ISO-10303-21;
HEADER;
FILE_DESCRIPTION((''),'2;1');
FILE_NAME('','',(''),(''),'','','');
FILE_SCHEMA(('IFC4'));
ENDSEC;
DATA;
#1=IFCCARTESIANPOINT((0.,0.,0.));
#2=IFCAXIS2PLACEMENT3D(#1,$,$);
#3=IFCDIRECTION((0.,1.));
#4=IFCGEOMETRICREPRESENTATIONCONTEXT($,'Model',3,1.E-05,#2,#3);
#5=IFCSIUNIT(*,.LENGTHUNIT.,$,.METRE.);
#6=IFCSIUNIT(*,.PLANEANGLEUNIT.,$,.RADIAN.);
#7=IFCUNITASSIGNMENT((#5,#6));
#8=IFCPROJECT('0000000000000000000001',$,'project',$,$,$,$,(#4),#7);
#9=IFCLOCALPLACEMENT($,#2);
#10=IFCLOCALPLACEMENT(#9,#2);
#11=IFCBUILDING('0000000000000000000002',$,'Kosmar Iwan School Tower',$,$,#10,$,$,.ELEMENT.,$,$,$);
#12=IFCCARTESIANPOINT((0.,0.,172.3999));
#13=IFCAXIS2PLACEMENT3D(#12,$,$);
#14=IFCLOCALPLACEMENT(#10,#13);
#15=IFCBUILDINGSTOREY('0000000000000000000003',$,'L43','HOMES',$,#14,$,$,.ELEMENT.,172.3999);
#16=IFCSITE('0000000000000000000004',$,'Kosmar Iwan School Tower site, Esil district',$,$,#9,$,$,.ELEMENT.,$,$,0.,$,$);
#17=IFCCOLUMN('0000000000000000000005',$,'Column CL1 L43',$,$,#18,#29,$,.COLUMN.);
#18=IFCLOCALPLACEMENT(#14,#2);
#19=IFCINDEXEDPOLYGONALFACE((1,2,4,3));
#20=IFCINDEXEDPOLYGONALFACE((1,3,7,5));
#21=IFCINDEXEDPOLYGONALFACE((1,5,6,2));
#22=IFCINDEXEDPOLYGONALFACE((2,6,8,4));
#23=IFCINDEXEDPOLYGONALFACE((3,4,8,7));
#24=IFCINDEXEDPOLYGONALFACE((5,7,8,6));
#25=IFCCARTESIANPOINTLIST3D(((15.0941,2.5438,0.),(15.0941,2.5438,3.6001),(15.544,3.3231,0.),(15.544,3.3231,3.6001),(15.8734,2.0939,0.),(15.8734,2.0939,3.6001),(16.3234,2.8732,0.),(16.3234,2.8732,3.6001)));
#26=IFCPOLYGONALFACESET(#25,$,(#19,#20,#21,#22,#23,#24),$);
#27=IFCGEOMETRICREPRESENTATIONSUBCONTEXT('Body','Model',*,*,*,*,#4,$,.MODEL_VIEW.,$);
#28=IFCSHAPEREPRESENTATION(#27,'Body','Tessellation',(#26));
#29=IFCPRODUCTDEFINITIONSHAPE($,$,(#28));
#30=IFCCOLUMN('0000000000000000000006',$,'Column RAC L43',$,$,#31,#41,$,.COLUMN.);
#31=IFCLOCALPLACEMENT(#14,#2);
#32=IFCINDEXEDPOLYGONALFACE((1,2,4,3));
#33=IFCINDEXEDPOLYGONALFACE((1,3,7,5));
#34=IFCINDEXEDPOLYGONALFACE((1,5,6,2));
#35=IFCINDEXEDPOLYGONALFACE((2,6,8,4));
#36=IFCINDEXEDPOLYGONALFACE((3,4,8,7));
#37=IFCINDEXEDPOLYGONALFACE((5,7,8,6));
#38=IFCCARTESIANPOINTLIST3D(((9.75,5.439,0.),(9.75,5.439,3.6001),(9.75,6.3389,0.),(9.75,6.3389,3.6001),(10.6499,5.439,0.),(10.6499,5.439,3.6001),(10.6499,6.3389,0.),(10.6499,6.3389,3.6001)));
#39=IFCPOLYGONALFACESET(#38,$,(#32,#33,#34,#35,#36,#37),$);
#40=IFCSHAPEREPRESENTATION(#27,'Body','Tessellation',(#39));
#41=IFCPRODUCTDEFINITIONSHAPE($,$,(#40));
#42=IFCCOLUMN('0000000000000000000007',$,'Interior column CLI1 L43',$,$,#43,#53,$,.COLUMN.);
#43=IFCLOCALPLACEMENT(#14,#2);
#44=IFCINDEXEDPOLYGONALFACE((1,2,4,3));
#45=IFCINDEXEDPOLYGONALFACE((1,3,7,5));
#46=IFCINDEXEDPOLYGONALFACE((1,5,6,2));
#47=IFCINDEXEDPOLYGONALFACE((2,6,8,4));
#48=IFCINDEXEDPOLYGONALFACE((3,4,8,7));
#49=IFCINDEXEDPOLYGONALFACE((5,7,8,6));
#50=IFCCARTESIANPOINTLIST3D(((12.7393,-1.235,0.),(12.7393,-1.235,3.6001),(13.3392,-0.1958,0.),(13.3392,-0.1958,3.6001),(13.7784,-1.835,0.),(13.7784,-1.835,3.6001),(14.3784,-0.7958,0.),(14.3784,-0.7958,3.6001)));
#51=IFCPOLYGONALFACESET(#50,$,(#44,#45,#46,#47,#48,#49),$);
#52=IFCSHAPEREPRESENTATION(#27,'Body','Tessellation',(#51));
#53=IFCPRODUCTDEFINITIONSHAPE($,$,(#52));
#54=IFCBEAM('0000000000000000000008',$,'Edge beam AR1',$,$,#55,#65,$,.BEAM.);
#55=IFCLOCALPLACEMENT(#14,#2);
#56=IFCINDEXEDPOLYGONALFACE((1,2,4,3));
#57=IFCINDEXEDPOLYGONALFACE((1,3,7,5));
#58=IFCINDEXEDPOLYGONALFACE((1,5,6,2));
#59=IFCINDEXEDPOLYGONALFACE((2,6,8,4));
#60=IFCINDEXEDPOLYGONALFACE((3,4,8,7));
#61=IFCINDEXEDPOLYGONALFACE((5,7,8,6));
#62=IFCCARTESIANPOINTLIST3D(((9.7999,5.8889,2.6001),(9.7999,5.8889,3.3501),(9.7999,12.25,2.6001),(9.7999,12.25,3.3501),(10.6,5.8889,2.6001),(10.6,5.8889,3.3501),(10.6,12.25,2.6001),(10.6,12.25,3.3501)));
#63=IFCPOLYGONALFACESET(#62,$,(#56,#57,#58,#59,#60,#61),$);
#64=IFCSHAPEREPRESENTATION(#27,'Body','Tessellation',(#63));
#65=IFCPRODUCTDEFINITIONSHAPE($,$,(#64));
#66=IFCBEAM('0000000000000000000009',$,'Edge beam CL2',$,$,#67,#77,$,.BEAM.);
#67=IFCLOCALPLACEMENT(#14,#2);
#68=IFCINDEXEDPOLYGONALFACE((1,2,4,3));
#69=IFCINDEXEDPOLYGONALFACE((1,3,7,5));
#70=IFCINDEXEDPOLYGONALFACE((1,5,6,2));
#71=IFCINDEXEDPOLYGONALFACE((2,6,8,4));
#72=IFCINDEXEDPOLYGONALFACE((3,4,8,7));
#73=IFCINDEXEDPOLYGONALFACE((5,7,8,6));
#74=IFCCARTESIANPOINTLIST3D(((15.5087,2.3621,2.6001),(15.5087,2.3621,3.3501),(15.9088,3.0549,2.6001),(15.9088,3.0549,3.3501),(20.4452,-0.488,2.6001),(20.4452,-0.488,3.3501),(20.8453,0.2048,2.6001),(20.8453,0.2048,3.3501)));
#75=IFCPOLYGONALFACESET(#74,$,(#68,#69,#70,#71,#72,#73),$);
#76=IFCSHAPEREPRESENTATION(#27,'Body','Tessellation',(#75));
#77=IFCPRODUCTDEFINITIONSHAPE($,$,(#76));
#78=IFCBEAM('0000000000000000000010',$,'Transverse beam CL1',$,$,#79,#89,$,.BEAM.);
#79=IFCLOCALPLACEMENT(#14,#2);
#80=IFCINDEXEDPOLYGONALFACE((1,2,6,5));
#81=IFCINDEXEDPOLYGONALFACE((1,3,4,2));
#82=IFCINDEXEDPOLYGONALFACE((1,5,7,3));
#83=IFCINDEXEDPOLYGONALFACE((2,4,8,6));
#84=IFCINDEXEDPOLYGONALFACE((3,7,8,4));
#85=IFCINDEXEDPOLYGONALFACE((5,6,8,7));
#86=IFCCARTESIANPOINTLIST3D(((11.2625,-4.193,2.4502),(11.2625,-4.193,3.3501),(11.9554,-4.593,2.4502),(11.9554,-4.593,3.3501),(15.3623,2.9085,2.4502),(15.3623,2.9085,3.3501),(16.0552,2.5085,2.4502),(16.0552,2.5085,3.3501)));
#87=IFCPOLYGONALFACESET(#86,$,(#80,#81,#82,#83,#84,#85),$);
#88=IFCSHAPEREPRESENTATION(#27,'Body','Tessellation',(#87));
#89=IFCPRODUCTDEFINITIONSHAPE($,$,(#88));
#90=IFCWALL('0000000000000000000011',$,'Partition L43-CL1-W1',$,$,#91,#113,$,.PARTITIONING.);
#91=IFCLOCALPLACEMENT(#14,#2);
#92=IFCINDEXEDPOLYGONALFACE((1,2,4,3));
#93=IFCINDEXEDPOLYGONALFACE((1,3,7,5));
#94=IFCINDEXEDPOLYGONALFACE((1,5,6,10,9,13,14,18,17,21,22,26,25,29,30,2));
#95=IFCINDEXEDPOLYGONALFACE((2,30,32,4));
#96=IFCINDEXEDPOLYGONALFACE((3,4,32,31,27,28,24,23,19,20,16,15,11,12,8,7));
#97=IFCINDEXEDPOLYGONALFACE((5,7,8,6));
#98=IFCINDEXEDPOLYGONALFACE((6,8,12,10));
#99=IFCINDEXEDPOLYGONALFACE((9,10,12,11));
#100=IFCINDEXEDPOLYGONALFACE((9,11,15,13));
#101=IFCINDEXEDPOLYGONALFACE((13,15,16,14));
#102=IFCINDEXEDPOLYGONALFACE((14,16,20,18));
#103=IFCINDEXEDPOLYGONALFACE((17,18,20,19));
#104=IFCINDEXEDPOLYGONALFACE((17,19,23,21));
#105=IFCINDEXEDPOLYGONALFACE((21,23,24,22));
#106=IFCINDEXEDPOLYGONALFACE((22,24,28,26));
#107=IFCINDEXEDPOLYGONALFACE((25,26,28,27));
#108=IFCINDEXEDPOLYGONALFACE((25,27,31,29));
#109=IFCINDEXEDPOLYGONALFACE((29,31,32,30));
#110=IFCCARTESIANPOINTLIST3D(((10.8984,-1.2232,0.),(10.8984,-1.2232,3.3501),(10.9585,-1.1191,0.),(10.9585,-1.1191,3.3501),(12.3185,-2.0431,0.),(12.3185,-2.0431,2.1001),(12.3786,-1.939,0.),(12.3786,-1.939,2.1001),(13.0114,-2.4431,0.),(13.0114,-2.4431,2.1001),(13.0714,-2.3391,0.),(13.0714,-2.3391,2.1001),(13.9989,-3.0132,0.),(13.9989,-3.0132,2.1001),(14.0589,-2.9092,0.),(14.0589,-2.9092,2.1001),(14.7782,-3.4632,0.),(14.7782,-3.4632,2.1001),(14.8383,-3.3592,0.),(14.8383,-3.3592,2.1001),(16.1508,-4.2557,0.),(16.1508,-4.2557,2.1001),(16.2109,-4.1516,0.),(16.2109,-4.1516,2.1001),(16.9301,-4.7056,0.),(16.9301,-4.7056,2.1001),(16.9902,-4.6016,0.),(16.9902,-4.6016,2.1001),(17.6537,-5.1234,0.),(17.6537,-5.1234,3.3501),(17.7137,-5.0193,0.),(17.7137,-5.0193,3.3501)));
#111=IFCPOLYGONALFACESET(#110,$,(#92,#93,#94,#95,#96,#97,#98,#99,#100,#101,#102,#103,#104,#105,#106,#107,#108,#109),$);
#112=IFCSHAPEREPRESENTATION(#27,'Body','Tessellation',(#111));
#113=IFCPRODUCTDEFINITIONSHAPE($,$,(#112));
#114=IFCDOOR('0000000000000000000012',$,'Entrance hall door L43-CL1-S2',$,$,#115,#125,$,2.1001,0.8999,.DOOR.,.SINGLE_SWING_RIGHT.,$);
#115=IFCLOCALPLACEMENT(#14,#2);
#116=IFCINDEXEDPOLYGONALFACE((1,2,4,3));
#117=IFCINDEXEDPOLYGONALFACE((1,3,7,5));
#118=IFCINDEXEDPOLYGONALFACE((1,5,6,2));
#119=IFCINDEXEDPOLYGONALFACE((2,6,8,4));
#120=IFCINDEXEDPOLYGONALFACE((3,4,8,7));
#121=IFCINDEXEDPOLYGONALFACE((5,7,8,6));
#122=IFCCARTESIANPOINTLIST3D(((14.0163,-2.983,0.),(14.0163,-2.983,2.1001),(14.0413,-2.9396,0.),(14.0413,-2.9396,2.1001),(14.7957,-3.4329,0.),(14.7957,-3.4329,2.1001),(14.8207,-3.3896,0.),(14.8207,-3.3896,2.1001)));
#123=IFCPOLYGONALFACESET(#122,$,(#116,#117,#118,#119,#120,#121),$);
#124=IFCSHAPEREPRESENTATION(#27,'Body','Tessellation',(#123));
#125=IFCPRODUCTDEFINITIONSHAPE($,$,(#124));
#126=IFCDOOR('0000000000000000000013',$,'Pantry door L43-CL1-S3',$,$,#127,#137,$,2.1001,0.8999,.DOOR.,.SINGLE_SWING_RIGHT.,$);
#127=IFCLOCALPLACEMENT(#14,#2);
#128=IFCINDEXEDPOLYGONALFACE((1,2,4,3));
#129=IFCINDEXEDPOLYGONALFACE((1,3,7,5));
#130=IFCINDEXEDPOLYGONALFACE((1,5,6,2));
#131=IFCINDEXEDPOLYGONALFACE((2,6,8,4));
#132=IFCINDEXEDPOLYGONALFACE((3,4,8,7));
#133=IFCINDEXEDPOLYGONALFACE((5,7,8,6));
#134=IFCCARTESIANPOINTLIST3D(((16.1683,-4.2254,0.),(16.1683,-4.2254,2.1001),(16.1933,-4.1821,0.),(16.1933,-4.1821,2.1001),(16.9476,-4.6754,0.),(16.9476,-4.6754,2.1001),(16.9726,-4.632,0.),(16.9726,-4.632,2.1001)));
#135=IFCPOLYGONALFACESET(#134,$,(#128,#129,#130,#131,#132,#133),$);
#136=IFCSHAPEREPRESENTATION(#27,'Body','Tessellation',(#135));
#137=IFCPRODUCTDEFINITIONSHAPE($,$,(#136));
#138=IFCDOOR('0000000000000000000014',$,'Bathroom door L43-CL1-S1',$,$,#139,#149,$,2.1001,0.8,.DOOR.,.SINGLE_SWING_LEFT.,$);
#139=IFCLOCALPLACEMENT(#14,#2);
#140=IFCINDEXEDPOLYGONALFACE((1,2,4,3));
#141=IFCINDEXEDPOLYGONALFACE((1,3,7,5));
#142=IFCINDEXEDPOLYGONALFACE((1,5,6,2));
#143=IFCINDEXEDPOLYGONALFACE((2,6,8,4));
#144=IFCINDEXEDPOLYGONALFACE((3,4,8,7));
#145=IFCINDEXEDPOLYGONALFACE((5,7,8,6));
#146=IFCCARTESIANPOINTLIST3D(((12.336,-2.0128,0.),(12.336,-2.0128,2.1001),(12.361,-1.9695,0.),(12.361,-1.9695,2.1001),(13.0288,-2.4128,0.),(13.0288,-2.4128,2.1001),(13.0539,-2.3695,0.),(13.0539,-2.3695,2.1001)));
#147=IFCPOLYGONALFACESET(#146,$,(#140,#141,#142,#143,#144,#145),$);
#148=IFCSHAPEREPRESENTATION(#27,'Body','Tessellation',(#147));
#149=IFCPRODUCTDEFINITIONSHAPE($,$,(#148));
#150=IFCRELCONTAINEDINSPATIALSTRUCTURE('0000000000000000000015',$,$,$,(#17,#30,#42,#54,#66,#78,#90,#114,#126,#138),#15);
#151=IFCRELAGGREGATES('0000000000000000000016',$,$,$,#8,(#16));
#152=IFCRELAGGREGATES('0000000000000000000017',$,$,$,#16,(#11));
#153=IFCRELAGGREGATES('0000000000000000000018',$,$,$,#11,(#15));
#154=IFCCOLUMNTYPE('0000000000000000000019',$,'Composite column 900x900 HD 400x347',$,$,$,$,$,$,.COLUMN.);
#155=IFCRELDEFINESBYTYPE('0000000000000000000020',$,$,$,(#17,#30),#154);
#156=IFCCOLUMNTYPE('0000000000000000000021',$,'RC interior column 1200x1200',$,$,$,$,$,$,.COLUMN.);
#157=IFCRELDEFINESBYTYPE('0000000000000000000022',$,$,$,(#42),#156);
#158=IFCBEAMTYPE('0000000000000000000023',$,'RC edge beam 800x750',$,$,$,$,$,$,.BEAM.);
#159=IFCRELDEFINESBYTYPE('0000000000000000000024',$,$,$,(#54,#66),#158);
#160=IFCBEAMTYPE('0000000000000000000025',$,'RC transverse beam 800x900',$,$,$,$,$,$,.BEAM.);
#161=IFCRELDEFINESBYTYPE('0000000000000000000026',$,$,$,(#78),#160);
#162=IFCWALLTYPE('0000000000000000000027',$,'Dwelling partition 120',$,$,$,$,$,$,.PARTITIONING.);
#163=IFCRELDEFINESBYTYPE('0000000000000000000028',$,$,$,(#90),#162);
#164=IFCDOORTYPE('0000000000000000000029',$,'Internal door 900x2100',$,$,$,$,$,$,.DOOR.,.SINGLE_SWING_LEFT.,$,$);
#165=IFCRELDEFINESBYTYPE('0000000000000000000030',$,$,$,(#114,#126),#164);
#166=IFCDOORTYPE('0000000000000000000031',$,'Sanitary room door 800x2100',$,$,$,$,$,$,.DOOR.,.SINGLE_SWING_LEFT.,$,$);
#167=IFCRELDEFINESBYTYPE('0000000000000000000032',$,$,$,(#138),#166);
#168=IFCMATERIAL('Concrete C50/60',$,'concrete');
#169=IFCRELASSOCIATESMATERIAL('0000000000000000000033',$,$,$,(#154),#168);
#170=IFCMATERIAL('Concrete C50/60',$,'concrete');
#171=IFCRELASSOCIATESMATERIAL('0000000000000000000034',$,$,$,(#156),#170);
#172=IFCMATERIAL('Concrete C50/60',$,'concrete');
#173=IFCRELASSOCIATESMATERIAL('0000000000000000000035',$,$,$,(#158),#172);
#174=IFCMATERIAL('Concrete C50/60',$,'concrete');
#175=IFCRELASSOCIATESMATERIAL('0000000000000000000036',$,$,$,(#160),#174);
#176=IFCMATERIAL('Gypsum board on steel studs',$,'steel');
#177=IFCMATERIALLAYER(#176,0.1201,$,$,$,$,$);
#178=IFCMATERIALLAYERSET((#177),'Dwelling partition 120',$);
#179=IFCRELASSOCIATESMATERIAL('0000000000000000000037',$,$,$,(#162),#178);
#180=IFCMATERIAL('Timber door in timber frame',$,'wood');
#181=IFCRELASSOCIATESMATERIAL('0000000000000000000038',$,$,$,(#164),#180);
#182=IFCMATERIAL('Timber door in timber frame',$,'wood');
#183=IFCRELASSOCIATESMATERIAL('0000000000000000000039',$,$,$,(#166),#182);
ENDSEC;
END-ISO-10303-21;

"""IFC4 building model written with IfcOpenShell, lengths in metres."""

from ifc_helpers import new_model, si_unit, direction, frame, frame_2d, origin, origin_2d, place, context, subcontext, project, spatial, rectangle, extrude, material, layer, layer_set, material_profile, profile_set, type_object, element, fill, save


model = new_model("IFC4")

# Units and contexts
model_context = context("Model", 3, precision=1e-05, world=origin(), true_north=direction((0.0, 1.0)))
body_context = subcontext(model_context, "Body", "Model", "MODEL_VIEW")
ifc_project = project(units=[si_unit("LENGTHUNIT", "METRE"), si_unit("PLANEANGLEUNIT", "RADIAN")], contexts=[model_context])

# Site, building, storey
site_placement = place(None, origin())
site = spatial("IfcSite", under=ifc_project, at=site_placement, Name="Kosmar Iwan School Tower site, Esil district", CompositionType="ELEMENT", RefElevation=0.0)
building_placement = place(site_placement, origin())
building = spatial("IfcBuilding", under=site, at=building_placement, Name="Kosmar Iwan School Tower", CompositionType="ELEMENT")
storey_placement = place(building_placement, frame((0.0, 0.0, 172.3999)))
storey = spatial("IfcBuildingStorey", under=building, at=storey_placement, Name="L43", Description="HOMES", CompositionType="ELEMENT", Elevation=172.3999)

# Columns
ifc_material_1 = material(Name="Concrete C50/60", Category="concrete")
ifc_material_profile_1 = material_profile(ifc_material_1, rectangle(XDim=0.8999, YDim=0.8999, at=origin_2d()), Name="RC 900x900 + HD 400x347")
ifc_profile_set_1 = profile_set([ifc_material_profile_1], Name="Concrete C50/60")
column_type_1 = type_object("IfcColumnType", Name="Composite column 900x900 HD 400x347", PredefinedType="COLUMN", material=ifc_profile_set_1)
for number, where, z_axis, x_axis, name in (
    (1, (15.7087, 2.7085, 0.0), (0.0, 0.0, 1.0), (0.866025, -0.5, 0.0), "Column CL1 L43"),
    (2, (10.2, 5.8889, 0.0), (0.0, 0.0, 1.0), (1.0, 0.0, 0.0), "Column RAC L43"),
):
    element("IfcColumn", number, at=place(storey_placement, frame(where, z_axis=z_axis, x_axis=x_axis)), inside=storey, type_object=column_type_1, Name=name, PredefinedType="COLUMN", context=body_context, shape_type="SweptSolid", body=[
        extrude(rectangle(XDim=0.8999, YDim=0.8999, at=origin_2d()), origin(), (0.0, 0.0, 1.0), 3.6001),
    ])
ifc_material_2 = material(Name="Concrete C50/60", Category="concrete")
ifc_material_profile_2 = material_profile(ifc_material_2, rectangle(XDim=1.2, YDim=1.2, at=origin_2d()), Name="RC 1200x1200")
ifc_profile_set_2 = profile_set([ifc_material_profile_2], Name="Concrete C50/60")
column_type_2 = type_object("IfcColumnType", Name="RC interior column 1200x1200", PredefinedType="COLUMN", material=ifc_profile_set_2)
column_placement = place(storey_placement, frame((13.5588, -1.0154, 0.0), z_axis=(0.0, 0.0, 1.0), x_axis=(0.866025, -0.5, 0.0)))
element("IfcColumn", 3, at=column_placement, inside=storey, type_object=column_type_2, Name="Interior column CLI1 L43", PredefinedType="COLUMN", context=body_context, shape_type="SweptSolid", body=[
    extrude(rectangle(XDim=1.2, YDim=1.2, at=origin_2d()), origin(), (0.0, 0.0, 1.0), 3.6001),
])

# Beams
ifc_material_3 = material(Name="Concrete C50/60", Category="concrete")
ifc_material_profile_3 = material_profile(ifc_material_3, rectangle(XDim=0.8, YDim=0.75, at=origin_2d()), Name="RC 800x750")
ifc_profile_set_3 = profile_set([ifc_material_profile_3], Name="Concrete C50/60")
beam_type_1 = type_object("IfcBeamType", Name="RC edge beam 800x750", PredefinedType="BEAM", material=ifc_profile_set_3)
beam_1_placement = place(storey_placement, frame((10.2, 5.8889, 2.9751), z_axis=(0.0, 1.0, 0.0), x_axis=(-1.0, 0.0, 0.0)))
element("IfcBeam", 4, at=beam_1_placement, inside=storey, type_object=beam_type_1, Name="Edge beam AR1", PredefinedType="BEAM", context=body_context, shape_type="SweptSolid", body=[
    extrude(rectangle(XDim=0.8, YDim=0.75, at=origin_2d()), origin(), (0.0, 0.0, 1.0), 6.3611),
])
beam_2_placement = place(storey_placement, frame((15.7087, 2.7085, 2.9751), z_axis=(0.866026, -0.499999, 0.0), x_axis=(0.499999, 0.866026, 0.0)))
element("IfcBeam", 5, at=beam_2_placement, inside=storey, type_object=beam_type_1, Name="Edge beam CL2", PredefinedType="BEAM", context=body_context, shape_type="SweptSolid", body=[
    extrude(rectangle(XDim=0.8, YDim=0.75, at=origin_2d()), origin(), (0.0, 0.0, 1.0), 5.7002),
])
ifc_material_4 = material(Name="Concrete C50/60", Category="concrete")
ifc_material_profile_4 = material_profile(ifc_material_4, rectangle(XDim=0.8, YDim=0.8999, at=origin_2d()), Name="RC 800x900")
ifc_profile_set_4 = profile_set([ifc_material_profile_4], Name="Concrete C50/60")
beam_type_2 = type_object("IfcBeamType", Name="RC transverse beam 800x900", PredefinedType="BEAM", material=ifc_profile_set_4)
beam_3_placement = place(storey_placement, frame((15.7087, 2.7085, 2.9001), z_axis=(-0.499978, -0.866038, 0.0), x_axis=(0.866038, -0.499978, 0.0)))
element("IfcBeam", 6, at=beam_3_placement, inside=storey, type_object=beam_type_2, Name="Transverse beam CL1", PredefinedType="BEAM", context=body_context, shape_type="SweptSolid", body=[
    extrude(rectangle(XDim=0.8, YDim=0.8999, at=origin_2d()), origin(), (0.0, 0.0, 1.0), 8.2),
])

# Wall, openings, doors
ifc_material_5 = material(Name="Gypsum board on steel studs", Category="steel")
ifc_layer_1 = layer(ifc_material_5, 0.1201)
ifc_layer_set_1 = layer_set([ifc_layer_1], Name="Dwelling partition 120")
wall_type_1 = type_object("IfcWallType", Name="Dwelling partition 120", PredefinedType="PARTITIONING", material=ifc_layer_set_1)
wall_1_placement = place(storey_placement, frame((10.9285, -1.1711, 0.0), z_axis=(0.0, 0.0, 1.0), x_axis=(0.866021, -0.500007, 0.0)))
wall_1 = element("IfcWall", 7, at=wall_1_placement, inside=storey, type_object=wall_type_1, Name="Partition L43-CL1-W1", PredefinedType="PARTITIONING", context=body_context, shape_type="SweptSolid", body=[
    extrude(rectangle(XDim=7.8003, YDim=0.1201, at=frame_2d((3.9001, 0.0))), origin(), (0.0, 0.0, 1.0), 3.3501),
])
opening_1_placement = place(wall_1_placement, frame((1.6399, 0.0, 0.0)))
opening_1 = element("IfcOpeningElement", 8, at=opening_1_placement, cuts=wall_1, PredefinedType="OPENING", context=body_context, shape_type="SweptSolid", body=[
    extrude(rectangle(XDim=0.8, YDim=2.1001, at=frame_2d((0.3999, 1.05))), frame((0.0, 0.072, 0.0), z_axis=(0.0, -1.0, 0.0), x_axis=(1.0, 0.0, 0.0)), (0.0, 0.0, 1.0), 0.144),
])
opening_2_placement = place(wall_1_placement, frame((3.5801, 0.0, 0.0)))
opening_2 = element("IfcOpeningElement", 9, at=opening_2_placement, cuts=wall_1, PredefinedType="OPENING", context=body_context, shape_type="SweptSolid", body=[
    extrude(rectangle(XDim=0.8999, YDim=2.1001, at=frame_2d((0.45, 1.05))), frame((0.0, 0.072, 0.0), z_axis=(0.0, -1.0, 0.0), x_axis=(1.0, 0.0, 0.0)), (0.0, 0.0, 1.0), 0.144),
])
opening_3_placement = place(wall_1_placement, frame((6.0649, 0.0, 0.0)))
opening_3 = element("IfcOpeningElement", 10, at=opening_3_placement, cuts=wall_1, PredefinedType="OPENING", context=body_context, shape_type="SweptSolid", body=[
    extrude(rectangle(XDim=0.8999, YDim=2.1001, at=frame_2d((0.45, 1.05))), frame((0.0, 0.072, 0.0), z_axis=(0.0, -1.0, 0.0), x_axis=(1.0, 0.0, 0.0)), (0.0, 0.0, 1.0), 0.144),
])
ifc_material_6 = material(Name="Timber door in timber frame", Category="wood")
door_type_1 = type_object("IfcDoorType", Name="Internal door 900x2100", OperationType="SINGLE_SWING_LEFT", PredefinedType="DOOR", material=ifc_material_6)
door_1_placement = place(opening_2_placement, origin())
door_1 = element("IfcDoor", 11, at=door_1_placement, inside=storey, type_object=door_type_1, Name="Entrance hall door L43-CL1-S2", OperationType="SINGLE_SWING_RIGHT", OverallHeight=2.1001, OverallWidth=0.8999, PredefinedType="DOOR", context=body_context, shape_type="SweptSolid", body=[
    extrude(rectangle(XDim=0.8999, YDim=2.1001, at=frame_2d((0.45, 1.05))), frame((0.0, 0.0249, 0.0), z_axis=(0.0, -1.0, 0.0), x_axis=(1.0, 0.0, 0.0)), (0.0, 0.0, 1.0), 0.05),
])
fill(opening_2, door_1)
door_2_placement = place(opening_3_placement, origin())
door_2 = element("IfcDoor", 12, at=door_2_placement, inside=storey, type_object=door_type_1, Name="Pantry door L43-CL1-S3", OperationType="SINGLE_SWING_RIGHT", OverallHeight=2.1001, OverallWidth=0.8999, PredefinedType="DOOR", context=body_context, shape_type="SweptSolid", body=[
    extrude(rectangle(XDim=0.8999, YDim=2.1001, at=frame_2d((0.45, 1.05))), frame((0.0, 0.0249, 0.0), z_axis=(0.0, -1.0, 0.0), x_axis=(1.0, 0.0, 0.0)), (0.0, 0.0, 1.0), 0.05),
])
fill(opening_3, door_2)
ifc_material_7 = material(Name="Timber door in timber frame", Category="wood")
door_type_2 = type_object("IfcDoorType", Name="Sanitary room door 800x2100", OperationType="SINGLE_SWING_LEFT", PredefinedType="DOOR", material=ifc_material_7)
door_3_placement = place(opening_1_placement, origin())
door_3 = element("IfcDoor", 13, at=door_3_placement, inside=storey, type_object=door_type_2, Name="Bathroom door L43-CL1-S1", OperationType="SINGLE_SWING_LEFT", OverallHeight=2.1001, OverallWidth=0.8, PredefinedType="DOOR", context=body_context, shape_type="SweptSolid", body=[
    extrude(rectangle(XDim=0.8, YDim=2.1001, at=frame_2d((0.3999, 1.05))), frame((0.0, 0.0249, 0.0), z_axis=(0.0, -1.0, 0.0), x_axis=(1.0, 0.0, 0.0)), (0.0, 0.0, 1.0), 0.05),
])
fill(opening_1, door_3)

save(model, "model.ifc")
